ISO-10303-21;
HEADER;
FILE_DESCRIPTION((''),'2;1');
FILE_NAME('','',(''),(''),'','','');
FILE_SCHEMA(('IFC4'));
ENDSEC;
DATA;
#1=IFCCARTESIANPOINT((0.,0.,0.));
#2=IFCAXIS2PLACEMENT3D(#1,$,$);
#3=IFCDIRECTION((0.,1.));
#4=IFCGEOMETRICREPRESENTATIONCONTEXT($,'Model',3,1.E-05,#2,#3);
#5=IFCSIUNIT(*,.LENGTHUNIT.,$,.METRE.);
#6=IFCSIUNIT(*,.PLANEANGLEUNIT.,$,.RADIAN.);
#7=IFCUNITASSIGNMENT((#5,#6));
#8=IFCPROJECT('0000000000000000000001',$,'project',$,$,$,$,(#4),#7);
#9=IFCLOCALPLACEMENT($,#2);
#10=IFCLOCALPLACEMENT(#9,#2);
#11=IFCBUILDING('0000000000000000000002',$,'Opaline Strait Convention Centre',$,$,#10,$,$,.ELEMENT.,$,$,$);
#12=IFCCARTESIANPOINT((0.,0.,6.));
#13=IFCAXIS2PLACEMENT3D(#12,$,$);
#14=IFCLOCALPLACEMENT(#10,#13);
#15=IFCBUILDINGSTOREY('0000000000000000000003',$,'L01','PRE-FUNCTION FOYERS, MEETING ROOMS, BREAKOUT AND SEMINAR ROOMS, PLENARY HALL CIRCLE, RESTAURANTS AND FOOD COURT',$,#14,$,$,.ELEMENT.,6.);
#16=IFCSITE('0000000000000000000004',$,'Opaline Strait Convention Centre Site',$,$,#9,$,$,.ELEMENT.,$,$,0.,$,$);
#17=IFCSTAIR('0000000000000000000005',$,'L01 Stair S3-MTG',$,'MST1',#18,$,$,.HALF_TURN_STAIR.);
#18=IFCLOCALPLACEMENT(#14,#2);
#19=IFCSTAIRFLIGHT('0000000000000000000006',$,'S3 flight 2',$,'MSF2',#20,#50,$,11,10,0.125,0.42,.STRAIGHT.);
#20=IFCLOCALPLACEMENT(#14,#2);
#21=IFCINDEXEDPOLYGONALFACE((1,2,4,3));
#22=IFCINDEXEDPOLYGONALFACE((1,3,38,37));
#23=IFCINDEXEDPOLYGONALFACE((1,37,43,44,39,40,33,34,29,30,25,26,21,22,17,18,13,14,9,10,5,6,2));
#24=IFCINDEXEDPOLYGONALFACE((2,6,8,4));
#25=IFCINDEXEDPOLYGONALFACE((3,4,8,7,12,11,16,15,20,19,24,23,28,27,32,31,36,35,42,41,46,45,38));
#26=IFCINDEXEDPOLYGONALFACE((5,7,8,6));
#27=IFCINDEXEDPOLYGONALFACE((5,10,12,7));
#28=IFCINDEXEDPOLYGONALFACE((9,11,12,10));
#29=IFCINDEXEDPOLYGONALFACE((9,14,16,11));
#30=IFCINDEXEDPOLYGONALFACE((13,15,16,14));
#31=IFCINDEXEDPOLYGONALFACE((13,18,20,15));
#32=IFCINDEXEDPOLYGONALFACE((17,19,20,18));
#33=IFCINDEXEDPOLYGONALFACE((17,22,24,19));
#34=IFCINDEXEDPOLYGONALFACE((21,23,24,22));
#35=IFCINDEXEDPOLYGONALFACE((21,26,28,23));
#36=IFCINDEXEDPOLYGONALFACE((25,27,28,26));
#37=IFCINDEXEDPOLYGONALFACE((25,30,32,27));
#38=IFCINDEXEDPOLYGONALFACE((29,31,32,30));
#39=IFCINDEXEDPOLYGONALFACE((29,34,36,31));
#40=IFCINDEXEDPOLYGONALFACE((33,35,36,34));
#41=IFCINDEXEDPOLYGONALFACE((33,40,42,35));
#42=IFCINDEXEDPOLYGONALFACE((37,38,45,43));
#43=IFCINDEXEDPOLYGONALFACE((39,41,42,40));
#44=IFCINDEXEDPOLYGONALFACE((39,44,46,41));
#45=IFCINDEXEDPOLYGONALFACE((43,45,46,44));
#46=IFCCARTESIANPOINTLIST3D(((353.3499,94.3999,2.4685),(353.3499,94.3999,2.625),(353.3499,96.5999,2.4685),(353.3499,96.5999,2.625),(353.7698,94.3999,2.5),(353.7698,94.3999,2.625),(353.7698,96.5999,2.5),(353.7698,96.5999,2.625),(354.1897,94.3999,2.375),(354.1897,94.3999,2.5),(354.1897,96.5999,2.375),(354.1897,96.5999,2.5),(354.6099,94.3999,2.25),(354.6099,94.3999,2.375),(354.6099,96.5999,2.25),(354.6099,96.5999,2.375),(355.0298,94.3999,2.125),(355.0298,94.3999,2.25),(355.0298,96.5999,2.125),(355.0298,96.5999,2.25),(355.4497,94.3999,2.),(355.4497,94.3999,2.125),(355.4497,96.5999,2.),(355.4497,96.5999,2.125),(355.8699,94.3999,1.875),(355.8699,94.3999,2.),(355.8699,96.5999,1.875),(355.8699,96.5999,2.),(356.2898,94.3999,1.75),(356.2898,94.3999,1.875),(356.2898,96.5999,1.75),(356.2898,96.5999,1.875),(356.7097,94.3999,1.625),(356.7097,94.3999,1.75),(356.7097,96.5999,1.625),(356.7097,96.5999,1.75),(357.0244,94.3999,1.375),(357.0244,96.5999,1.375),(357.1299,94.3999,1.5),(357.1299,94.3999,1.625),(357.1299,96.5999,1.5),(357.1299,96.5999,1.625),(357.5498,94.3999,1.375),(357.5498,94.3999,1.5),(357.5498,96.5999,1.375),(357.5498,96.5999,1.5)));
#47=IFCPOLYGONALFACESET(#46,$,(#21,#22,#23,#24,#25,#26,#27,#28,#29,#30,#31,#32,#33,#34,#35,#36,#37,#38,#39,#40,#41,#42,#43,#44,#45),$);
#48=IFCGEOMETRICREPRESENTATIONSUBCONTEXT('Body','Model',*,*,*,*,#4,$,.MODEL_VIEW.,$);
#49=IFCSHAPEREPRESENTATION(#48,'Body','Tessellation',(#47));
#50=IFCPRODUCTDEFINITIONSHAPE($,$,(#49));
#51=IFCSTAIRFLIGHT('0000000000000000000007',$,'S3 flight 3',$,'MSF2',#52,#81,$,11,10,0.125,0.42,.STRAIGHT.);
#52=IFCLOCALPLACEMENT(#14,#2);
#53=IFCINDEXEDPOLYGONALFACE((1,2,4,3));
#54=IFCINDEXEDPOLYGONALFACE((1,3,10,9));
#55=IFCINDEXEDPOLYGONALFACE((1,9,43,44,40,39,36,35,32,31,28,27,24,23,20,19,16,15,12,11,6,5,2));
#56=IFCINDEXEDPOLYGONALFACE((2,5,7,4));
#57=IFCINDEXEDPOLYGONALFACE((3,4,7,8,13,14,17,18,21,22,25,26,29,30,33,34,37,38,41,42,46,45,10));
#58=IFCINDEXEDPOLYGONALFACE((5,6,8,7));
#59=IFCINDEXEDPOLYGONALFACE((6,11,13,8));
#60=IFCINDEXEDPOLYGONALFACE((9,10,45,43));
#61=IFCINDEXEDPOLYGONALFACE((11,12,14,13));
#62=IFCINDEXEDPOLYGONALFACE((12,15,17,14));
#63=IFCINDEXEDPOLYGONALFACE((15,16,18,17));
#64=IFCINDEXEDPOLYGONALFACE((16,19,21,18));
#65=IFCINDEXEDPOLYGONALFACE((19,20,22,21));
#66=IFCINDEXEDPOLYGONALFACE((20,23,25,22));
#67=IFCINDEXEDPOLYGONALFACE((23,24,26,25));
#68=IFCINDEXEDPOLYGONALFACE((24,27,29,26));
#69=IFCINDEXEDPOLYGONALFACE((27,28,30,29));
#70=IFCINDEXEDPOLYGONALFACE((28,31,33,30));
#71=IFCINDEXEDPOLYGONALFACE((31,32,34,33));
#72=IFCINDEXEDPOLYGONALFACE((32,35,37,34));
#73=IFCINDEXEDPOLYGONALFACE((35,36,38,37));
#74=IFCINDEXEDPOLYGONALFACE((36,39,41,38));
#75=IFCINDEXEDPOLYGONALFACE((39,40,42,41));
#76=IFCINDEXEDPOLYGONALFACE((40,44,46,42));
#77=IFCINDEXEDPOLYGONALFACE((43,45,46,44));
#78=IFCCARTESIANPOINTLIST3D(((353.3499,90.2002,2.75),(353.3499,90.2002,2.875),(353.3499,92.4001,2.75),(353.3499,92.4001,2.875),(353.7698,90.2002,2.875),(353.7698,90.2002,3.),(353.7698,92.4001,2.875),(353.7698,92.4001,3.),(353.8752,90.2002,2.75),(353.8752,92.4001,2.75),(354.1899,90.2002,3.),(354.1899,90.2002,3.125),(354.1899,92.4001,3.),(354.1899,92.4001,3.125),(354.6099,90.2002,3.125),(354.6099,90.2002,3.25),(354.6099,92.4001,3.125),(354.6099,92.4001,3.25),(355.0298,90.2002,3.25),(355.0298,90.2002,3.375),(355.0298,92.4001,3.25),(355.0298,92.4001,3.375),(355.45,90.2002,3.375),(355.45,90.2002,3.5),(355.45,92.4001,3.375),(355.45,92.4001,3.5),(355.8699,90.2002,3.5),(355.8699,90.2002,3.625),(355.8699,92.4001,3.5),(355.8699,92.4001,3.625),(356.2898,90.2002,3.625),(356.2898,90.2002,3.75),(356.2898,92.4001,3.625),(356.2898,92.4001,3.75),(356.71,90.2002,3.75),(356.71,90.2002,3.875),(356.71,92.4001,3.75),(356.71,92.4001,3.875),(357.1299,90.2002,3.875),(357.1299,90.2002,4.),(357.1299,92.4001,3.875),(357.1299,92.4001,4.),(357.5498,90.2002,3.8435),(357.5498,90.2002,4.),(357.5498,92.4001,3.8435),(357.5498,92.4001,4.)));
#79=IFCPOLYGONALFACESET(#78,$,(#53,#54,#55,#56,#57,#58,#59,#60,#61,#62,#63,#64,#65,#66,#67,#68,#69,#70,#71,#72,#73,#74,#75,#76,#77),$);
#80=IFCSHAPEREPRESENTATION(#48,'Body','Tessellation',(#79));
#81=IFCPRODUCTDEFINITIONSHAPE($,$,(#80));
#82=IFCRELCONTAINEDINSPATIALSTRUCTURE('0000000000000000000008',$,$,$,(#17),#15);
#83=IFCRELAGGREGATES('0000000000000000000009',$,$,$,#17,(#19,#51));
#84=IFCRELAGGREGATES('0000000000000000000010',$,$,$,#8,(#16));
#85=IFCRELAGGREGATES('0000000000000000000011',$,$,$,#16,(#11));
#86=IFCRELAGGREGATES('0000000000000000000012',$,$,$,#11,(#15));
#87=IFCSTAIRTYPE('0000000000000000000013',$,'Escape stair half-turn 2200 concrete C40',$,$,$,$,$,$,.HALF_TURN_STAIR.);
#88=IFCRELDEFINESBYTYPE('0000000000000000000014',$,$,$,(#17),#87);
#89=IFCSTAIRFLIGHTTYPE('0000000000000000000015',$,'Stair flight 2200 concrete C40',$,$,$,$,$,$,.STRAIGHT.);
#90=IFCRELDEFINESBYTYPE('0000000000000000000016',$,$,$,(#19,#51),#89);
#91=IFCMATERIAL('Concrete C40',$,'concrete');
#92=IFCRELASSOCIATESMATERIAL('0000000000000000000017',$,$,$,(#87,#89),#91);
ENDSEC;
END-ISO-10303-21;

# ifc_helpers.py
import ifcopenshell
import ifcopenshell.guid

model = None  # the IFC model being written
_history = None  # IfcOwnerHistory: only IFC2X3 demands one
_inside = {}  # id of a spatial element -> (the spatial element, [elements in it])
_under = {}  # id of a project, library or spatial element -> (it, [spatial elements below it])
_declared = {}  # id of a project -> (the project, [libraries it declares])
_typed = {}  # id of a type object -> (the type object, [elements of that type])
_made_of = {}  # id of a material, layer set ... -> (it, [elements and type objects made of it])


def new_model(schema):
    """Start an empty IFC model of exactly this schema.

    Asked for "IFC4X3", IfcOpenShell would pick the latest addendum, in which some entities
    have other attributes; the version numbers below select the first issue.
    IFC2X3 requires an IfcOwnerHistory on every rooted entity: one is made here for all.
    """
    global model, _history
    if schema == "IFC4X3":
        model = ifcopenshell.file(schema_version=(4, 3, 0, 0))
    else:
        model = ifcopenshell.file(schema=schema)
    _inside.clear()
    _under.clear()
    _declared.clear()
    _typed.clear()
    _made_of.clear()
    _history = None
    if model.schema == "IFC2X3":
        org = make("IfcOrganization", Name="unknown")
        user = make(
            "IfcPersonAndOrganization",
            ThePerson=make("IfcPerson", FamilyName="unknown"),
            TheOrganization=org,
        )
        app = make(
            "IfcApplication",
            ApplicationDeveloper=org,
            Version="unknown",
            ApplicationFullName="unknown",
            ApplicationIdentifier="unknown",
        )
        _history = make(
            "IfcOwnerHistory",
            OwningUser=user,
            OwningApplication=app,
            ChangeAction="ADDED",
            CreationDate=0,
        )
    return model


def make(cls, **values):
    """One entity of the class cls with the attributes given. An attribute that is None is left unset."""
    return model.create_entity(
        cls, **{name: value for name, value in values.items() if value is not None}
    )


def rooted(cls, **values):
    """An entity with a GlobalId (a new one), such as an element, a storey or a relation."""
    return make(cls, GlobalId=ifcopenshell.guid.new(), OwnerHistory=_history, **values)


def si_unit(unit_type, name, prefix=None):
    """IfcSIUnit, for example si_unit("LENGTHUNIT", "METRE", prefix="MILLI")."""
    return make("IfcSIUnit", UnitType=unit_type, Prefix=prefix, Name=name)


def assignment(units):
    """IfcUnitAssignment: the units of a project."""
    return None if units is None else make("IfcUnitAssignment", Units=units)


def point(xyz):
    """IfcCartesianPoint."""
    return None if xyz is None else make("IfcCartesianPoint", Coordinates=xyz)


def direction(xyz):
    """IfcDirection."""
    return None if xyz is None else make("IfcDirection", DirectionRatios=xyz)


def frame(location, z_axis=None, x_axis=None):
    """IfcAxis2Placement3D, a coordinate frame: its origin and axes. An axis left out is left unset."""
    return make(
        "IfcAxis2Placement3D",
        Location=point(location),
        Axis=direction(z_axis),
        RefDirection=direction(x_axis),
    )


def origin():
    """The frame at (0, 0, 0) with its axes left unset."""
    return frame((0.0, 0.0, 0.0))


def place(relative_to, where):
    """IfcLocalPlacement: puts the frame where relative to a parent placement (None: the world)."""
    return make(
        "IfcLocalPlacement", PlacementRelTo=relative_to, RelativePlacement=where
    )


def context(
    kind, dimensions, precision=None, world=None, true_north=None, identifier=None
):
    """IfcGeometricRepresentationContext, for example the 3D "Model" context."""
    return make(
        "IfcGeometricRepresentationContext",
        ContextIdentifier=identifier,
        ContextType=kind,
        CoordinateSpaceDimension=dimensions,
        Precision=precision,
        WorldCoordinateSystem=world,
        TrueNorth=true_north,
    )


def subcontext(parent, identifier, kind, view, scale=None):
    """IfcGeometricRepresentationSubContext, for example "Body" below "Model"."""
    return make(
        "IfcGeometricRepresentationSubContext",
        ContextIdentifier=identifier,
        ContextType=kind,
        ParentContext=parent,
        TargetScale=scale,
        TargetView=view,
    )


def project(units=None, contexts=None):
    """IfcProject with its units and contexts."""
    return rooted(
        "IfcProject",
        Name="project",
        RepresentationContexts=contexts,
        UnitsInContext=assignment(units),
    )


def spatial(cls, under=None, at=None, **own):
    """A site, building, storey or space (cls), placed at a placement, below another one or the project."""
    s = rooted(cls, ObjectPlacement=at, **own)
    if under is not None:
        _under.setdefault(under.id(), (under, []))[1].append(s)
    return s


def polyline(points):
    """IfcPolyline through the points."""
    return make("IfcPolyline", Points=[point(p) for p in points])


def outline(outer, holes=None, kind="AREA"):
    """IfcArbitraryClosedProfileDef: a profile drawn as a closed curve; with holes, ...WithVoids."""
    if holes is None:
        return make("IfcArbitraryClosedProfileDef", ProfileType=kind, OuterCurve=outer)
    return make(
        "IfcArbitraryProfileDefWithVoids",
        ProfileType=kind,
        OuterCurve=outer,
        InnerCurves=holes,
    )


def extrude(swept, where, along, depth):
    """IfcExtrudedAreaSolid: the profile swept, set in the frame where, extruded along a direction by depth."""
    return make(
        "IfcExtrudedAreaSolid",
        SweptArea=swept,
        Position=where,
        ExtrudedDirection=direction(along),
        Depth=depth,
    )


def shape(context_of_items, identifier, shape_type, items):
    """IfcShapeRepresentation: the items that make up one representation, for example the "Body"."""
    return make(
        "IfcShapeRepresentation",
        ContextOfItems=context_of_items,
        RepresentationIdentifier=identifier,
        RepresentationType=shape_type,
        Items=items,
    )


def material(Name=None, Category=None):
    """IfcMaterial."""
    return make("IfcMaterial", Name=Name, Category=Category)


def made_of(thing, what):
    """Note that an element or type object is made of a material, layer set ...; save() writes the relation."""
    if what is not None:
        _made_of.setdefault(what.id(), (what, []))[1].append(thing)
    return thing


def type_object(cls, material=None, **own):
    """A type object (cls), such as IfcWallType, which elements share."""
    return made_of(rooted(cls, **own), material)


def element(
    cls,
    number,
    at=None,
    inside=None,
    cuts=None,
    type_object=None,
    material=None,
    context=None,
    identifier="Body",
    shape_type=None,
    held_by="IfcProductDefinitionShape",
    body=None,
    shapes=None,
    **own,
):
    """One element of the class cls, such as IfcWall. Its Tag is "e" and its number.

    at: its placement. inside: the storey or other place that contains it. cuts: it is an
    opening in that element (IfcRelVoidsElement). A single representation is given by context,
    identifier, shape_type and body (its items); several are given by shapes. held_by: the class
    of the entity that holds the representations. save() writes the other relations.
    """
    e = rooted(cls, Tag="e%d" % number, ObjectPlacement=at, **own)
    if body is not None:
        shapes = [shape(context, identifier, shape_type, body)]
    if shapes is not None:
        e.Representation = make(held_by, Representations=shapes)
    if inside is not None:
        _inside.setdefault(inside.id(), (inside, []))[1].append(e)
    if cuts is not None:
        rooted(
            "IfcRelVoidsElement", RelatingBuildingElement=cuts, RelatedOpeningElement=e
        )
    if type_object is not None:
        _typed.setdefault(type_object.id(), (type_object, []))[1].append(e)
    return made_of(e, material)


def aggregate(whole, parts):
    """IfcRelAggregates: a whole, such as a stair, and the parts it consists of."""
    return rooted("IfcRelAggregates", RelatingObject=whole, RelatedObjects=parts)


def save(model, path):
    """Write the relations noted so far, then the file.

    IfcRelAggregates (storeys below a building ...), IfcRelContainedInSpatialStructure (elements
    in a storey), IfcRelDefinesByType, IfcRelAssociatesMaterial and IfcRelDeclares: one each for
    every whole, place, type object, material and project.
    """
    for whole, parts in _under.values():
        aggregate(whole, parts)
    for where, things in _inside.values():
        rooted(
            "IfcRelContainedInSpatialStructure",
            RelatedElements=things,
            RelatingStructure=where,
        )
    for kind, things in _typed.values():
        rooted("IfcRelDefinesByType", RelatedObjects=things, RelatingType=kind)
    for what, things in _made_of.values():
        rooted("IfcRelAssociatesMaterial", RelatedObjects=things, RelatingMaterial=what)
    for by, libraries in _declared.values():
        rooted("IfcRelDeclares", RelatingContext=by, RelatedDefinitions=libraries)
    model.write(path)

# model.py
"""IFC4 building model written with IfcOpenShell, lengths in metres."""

from ifc_helpers import new_model, si_unit, direction, frame, origin, place, context, subcontext, project, spatial, polyline, outline, extrude, material, type_object, element, aggregate, save


model = new_model("IFC4")

# Units and contexts
model_context = context("Model", 3, precision=1e-05, world=origin(), true_north=direction((0.0, 1.0)))
body_context = subcontext(model_context, "Body", "Model", "MODEL_VIEW")
ifc_project = project(units=[si_unit("LENGTHUNIT", "METRE"), si_unit("PLANEANGLEUNIT", "RADIAN")], contexts=[model_context])

# Site, building, storey
site_placement = place(None, origin())
site = spatial("IfcSite", under=ifc_project, at=site_placement, Name="Opaline Strait Convention Centre Site", CompositionType="ELEMENT", RefElevation=0.0)
building_placement = place(site_placement, origin())
building = spatial("IfcBuilding", under=site, at=building_placement, Name="Opaline Strait Convention Centre", CompositionType="ELEMENT")
storey_placement = place(building_placement, frame((0.0, 0.0, 6.0)))
storey = spatial("IfcBuildingStorey", under=building, at=storey_placement, Name="L01", Description="PRE-FUNCTION FOYERS, MEETING ROOMS, BREAKOUT AND SEMINAR ROOMS, PLENARY HALL CIRCLE, RESTAURANTS AND FOOD COURT", CompositionType="ELEMENT", Elevation=6.0)

# Shared definitions
ifc_material_1 = material(Name="Concrete C40", Category="concrete")

# Stair, stair flights
stair_type = type_object("IfcStairType", Name="Escape stair half-turn 2200 concrete C40", PredefinedType="HALF_TURN_STAIR", material=ifc_material_1)
stair_placement = place(storey_placement, origin())
stair = element("IfcStair", 1, at=stair_placement, inside=storey, type_object=stair_type, Name="L01 Stair S3-MTG", ObjectType="MST1", PredefinedType="HALF_TURN_STAIR")
stair_flight_type = type_object("IfcStairFlightType", Name="Stair flight 2200 concrete C40", PredefinedType="STRAIGHT", material=ifc_material_1)
stair_flight_1_placement = place(storey_placement, frame((357.5498, 95.5, 1.375), z_axis=(0.0, 0.0, 1.0), x_axis=(-1.0, 0.0, 0.0)))
stair_flight_1 = element("IfcStairFlight", 2, at=stair_flight_1_placement, type_object=stair_flight_type, Name="S3 flight 2", ObjectType="MSF2", NumberOfRisers=11, NumberOfTreads=10, PredefinedType="STRAIGHT", RiserHeight=0.125, TreadLength=0.42, context=body_context, shape_type="SweptSolid", body=[
    extrude(outline(polyline([(0.0, 0.0), (0.0, 0.125), (0.4199, 0.125), (0.4199, 0.25), (0.8401, 0.25), (0.8401, 0.375), (1.26, 0.375), (1.26, 0.5), (1.6799, 0.5), (1.6799, 0.625), (2.1001, 0.625), (2.1001, 0.75), (2.52, 0.75), (2.52, 0.875), (2.9399, 0.875), (2.9399, 1.0), (3.3601, 1.0), (3.3601, 1.125), (3.78, 1.125), (3.78, 1.25), (4.2, 1.25), (4.2, 1.375), (4.2, 1.0935), (0.5254, 0.0), (0.0, 0.0)])), frame((0.0, 1.1001, 0.0), z_axis=(0.0, -1.0, 0.0), x_axis=(1.0, 0.0, 0.0)), (0.0, 0.0, 1.0), 2.2),
])
stair_flight_2_placement = place(storey_placement, frame((353.3499, 91.3, 2.75), z_axis=(0.0, 0.0, 1.0), x_axis=(1.0, 0.0, 0.0)))
stair_flight_2 = element("IfcStairFlight", 3, at=stair_flight_2_placement, type_object=stair_flight_type, Name="S3 flight 3", ObjectType="MSF2", NumberOfRisers=11, NumberOfTreads=10, PredefinedType="STRAIGHT", RiserHeight=0.125, TreadLength=0.42, context=body_context, shape_type="SweptSolid", body=[
    extrude(outline(polyline([(0.0, 0.0), (0.0, 0.125), (0.4199, 0.125), (0.4199, 0.25), (0.8401, 0.25), (0.8401, 0.375), (1.26, 0.375), (1.26, 0.5), (1.6799, 0.5), (1.6799, 0.625), (2.1001, 0.625), (2.1001, 0.75), (2.52, 0.75), (2.52, 0.875), (2.9399, 0.875), (2.9399, 1.0), (3.3601, 1.0), (3.3601, 1.125), (3.78, 1.125), (3.78, 1.25), (4.2, 1.25), (4.2, 1.375), (4.2, 1.0935), (0.5254, 0.0), (0.0, 0.0)])), frame((0.0, 1.1001, 0.0), z_axis=(0.0, -1.0, 0.0), x_axis=(1.0, 0.0, 0.0)), (0.0, 0.0, 1.0), 2.2),
])
aggregate(stair, [stair_flight_1, stair_flight_2])

save(model, "model.ifc")
